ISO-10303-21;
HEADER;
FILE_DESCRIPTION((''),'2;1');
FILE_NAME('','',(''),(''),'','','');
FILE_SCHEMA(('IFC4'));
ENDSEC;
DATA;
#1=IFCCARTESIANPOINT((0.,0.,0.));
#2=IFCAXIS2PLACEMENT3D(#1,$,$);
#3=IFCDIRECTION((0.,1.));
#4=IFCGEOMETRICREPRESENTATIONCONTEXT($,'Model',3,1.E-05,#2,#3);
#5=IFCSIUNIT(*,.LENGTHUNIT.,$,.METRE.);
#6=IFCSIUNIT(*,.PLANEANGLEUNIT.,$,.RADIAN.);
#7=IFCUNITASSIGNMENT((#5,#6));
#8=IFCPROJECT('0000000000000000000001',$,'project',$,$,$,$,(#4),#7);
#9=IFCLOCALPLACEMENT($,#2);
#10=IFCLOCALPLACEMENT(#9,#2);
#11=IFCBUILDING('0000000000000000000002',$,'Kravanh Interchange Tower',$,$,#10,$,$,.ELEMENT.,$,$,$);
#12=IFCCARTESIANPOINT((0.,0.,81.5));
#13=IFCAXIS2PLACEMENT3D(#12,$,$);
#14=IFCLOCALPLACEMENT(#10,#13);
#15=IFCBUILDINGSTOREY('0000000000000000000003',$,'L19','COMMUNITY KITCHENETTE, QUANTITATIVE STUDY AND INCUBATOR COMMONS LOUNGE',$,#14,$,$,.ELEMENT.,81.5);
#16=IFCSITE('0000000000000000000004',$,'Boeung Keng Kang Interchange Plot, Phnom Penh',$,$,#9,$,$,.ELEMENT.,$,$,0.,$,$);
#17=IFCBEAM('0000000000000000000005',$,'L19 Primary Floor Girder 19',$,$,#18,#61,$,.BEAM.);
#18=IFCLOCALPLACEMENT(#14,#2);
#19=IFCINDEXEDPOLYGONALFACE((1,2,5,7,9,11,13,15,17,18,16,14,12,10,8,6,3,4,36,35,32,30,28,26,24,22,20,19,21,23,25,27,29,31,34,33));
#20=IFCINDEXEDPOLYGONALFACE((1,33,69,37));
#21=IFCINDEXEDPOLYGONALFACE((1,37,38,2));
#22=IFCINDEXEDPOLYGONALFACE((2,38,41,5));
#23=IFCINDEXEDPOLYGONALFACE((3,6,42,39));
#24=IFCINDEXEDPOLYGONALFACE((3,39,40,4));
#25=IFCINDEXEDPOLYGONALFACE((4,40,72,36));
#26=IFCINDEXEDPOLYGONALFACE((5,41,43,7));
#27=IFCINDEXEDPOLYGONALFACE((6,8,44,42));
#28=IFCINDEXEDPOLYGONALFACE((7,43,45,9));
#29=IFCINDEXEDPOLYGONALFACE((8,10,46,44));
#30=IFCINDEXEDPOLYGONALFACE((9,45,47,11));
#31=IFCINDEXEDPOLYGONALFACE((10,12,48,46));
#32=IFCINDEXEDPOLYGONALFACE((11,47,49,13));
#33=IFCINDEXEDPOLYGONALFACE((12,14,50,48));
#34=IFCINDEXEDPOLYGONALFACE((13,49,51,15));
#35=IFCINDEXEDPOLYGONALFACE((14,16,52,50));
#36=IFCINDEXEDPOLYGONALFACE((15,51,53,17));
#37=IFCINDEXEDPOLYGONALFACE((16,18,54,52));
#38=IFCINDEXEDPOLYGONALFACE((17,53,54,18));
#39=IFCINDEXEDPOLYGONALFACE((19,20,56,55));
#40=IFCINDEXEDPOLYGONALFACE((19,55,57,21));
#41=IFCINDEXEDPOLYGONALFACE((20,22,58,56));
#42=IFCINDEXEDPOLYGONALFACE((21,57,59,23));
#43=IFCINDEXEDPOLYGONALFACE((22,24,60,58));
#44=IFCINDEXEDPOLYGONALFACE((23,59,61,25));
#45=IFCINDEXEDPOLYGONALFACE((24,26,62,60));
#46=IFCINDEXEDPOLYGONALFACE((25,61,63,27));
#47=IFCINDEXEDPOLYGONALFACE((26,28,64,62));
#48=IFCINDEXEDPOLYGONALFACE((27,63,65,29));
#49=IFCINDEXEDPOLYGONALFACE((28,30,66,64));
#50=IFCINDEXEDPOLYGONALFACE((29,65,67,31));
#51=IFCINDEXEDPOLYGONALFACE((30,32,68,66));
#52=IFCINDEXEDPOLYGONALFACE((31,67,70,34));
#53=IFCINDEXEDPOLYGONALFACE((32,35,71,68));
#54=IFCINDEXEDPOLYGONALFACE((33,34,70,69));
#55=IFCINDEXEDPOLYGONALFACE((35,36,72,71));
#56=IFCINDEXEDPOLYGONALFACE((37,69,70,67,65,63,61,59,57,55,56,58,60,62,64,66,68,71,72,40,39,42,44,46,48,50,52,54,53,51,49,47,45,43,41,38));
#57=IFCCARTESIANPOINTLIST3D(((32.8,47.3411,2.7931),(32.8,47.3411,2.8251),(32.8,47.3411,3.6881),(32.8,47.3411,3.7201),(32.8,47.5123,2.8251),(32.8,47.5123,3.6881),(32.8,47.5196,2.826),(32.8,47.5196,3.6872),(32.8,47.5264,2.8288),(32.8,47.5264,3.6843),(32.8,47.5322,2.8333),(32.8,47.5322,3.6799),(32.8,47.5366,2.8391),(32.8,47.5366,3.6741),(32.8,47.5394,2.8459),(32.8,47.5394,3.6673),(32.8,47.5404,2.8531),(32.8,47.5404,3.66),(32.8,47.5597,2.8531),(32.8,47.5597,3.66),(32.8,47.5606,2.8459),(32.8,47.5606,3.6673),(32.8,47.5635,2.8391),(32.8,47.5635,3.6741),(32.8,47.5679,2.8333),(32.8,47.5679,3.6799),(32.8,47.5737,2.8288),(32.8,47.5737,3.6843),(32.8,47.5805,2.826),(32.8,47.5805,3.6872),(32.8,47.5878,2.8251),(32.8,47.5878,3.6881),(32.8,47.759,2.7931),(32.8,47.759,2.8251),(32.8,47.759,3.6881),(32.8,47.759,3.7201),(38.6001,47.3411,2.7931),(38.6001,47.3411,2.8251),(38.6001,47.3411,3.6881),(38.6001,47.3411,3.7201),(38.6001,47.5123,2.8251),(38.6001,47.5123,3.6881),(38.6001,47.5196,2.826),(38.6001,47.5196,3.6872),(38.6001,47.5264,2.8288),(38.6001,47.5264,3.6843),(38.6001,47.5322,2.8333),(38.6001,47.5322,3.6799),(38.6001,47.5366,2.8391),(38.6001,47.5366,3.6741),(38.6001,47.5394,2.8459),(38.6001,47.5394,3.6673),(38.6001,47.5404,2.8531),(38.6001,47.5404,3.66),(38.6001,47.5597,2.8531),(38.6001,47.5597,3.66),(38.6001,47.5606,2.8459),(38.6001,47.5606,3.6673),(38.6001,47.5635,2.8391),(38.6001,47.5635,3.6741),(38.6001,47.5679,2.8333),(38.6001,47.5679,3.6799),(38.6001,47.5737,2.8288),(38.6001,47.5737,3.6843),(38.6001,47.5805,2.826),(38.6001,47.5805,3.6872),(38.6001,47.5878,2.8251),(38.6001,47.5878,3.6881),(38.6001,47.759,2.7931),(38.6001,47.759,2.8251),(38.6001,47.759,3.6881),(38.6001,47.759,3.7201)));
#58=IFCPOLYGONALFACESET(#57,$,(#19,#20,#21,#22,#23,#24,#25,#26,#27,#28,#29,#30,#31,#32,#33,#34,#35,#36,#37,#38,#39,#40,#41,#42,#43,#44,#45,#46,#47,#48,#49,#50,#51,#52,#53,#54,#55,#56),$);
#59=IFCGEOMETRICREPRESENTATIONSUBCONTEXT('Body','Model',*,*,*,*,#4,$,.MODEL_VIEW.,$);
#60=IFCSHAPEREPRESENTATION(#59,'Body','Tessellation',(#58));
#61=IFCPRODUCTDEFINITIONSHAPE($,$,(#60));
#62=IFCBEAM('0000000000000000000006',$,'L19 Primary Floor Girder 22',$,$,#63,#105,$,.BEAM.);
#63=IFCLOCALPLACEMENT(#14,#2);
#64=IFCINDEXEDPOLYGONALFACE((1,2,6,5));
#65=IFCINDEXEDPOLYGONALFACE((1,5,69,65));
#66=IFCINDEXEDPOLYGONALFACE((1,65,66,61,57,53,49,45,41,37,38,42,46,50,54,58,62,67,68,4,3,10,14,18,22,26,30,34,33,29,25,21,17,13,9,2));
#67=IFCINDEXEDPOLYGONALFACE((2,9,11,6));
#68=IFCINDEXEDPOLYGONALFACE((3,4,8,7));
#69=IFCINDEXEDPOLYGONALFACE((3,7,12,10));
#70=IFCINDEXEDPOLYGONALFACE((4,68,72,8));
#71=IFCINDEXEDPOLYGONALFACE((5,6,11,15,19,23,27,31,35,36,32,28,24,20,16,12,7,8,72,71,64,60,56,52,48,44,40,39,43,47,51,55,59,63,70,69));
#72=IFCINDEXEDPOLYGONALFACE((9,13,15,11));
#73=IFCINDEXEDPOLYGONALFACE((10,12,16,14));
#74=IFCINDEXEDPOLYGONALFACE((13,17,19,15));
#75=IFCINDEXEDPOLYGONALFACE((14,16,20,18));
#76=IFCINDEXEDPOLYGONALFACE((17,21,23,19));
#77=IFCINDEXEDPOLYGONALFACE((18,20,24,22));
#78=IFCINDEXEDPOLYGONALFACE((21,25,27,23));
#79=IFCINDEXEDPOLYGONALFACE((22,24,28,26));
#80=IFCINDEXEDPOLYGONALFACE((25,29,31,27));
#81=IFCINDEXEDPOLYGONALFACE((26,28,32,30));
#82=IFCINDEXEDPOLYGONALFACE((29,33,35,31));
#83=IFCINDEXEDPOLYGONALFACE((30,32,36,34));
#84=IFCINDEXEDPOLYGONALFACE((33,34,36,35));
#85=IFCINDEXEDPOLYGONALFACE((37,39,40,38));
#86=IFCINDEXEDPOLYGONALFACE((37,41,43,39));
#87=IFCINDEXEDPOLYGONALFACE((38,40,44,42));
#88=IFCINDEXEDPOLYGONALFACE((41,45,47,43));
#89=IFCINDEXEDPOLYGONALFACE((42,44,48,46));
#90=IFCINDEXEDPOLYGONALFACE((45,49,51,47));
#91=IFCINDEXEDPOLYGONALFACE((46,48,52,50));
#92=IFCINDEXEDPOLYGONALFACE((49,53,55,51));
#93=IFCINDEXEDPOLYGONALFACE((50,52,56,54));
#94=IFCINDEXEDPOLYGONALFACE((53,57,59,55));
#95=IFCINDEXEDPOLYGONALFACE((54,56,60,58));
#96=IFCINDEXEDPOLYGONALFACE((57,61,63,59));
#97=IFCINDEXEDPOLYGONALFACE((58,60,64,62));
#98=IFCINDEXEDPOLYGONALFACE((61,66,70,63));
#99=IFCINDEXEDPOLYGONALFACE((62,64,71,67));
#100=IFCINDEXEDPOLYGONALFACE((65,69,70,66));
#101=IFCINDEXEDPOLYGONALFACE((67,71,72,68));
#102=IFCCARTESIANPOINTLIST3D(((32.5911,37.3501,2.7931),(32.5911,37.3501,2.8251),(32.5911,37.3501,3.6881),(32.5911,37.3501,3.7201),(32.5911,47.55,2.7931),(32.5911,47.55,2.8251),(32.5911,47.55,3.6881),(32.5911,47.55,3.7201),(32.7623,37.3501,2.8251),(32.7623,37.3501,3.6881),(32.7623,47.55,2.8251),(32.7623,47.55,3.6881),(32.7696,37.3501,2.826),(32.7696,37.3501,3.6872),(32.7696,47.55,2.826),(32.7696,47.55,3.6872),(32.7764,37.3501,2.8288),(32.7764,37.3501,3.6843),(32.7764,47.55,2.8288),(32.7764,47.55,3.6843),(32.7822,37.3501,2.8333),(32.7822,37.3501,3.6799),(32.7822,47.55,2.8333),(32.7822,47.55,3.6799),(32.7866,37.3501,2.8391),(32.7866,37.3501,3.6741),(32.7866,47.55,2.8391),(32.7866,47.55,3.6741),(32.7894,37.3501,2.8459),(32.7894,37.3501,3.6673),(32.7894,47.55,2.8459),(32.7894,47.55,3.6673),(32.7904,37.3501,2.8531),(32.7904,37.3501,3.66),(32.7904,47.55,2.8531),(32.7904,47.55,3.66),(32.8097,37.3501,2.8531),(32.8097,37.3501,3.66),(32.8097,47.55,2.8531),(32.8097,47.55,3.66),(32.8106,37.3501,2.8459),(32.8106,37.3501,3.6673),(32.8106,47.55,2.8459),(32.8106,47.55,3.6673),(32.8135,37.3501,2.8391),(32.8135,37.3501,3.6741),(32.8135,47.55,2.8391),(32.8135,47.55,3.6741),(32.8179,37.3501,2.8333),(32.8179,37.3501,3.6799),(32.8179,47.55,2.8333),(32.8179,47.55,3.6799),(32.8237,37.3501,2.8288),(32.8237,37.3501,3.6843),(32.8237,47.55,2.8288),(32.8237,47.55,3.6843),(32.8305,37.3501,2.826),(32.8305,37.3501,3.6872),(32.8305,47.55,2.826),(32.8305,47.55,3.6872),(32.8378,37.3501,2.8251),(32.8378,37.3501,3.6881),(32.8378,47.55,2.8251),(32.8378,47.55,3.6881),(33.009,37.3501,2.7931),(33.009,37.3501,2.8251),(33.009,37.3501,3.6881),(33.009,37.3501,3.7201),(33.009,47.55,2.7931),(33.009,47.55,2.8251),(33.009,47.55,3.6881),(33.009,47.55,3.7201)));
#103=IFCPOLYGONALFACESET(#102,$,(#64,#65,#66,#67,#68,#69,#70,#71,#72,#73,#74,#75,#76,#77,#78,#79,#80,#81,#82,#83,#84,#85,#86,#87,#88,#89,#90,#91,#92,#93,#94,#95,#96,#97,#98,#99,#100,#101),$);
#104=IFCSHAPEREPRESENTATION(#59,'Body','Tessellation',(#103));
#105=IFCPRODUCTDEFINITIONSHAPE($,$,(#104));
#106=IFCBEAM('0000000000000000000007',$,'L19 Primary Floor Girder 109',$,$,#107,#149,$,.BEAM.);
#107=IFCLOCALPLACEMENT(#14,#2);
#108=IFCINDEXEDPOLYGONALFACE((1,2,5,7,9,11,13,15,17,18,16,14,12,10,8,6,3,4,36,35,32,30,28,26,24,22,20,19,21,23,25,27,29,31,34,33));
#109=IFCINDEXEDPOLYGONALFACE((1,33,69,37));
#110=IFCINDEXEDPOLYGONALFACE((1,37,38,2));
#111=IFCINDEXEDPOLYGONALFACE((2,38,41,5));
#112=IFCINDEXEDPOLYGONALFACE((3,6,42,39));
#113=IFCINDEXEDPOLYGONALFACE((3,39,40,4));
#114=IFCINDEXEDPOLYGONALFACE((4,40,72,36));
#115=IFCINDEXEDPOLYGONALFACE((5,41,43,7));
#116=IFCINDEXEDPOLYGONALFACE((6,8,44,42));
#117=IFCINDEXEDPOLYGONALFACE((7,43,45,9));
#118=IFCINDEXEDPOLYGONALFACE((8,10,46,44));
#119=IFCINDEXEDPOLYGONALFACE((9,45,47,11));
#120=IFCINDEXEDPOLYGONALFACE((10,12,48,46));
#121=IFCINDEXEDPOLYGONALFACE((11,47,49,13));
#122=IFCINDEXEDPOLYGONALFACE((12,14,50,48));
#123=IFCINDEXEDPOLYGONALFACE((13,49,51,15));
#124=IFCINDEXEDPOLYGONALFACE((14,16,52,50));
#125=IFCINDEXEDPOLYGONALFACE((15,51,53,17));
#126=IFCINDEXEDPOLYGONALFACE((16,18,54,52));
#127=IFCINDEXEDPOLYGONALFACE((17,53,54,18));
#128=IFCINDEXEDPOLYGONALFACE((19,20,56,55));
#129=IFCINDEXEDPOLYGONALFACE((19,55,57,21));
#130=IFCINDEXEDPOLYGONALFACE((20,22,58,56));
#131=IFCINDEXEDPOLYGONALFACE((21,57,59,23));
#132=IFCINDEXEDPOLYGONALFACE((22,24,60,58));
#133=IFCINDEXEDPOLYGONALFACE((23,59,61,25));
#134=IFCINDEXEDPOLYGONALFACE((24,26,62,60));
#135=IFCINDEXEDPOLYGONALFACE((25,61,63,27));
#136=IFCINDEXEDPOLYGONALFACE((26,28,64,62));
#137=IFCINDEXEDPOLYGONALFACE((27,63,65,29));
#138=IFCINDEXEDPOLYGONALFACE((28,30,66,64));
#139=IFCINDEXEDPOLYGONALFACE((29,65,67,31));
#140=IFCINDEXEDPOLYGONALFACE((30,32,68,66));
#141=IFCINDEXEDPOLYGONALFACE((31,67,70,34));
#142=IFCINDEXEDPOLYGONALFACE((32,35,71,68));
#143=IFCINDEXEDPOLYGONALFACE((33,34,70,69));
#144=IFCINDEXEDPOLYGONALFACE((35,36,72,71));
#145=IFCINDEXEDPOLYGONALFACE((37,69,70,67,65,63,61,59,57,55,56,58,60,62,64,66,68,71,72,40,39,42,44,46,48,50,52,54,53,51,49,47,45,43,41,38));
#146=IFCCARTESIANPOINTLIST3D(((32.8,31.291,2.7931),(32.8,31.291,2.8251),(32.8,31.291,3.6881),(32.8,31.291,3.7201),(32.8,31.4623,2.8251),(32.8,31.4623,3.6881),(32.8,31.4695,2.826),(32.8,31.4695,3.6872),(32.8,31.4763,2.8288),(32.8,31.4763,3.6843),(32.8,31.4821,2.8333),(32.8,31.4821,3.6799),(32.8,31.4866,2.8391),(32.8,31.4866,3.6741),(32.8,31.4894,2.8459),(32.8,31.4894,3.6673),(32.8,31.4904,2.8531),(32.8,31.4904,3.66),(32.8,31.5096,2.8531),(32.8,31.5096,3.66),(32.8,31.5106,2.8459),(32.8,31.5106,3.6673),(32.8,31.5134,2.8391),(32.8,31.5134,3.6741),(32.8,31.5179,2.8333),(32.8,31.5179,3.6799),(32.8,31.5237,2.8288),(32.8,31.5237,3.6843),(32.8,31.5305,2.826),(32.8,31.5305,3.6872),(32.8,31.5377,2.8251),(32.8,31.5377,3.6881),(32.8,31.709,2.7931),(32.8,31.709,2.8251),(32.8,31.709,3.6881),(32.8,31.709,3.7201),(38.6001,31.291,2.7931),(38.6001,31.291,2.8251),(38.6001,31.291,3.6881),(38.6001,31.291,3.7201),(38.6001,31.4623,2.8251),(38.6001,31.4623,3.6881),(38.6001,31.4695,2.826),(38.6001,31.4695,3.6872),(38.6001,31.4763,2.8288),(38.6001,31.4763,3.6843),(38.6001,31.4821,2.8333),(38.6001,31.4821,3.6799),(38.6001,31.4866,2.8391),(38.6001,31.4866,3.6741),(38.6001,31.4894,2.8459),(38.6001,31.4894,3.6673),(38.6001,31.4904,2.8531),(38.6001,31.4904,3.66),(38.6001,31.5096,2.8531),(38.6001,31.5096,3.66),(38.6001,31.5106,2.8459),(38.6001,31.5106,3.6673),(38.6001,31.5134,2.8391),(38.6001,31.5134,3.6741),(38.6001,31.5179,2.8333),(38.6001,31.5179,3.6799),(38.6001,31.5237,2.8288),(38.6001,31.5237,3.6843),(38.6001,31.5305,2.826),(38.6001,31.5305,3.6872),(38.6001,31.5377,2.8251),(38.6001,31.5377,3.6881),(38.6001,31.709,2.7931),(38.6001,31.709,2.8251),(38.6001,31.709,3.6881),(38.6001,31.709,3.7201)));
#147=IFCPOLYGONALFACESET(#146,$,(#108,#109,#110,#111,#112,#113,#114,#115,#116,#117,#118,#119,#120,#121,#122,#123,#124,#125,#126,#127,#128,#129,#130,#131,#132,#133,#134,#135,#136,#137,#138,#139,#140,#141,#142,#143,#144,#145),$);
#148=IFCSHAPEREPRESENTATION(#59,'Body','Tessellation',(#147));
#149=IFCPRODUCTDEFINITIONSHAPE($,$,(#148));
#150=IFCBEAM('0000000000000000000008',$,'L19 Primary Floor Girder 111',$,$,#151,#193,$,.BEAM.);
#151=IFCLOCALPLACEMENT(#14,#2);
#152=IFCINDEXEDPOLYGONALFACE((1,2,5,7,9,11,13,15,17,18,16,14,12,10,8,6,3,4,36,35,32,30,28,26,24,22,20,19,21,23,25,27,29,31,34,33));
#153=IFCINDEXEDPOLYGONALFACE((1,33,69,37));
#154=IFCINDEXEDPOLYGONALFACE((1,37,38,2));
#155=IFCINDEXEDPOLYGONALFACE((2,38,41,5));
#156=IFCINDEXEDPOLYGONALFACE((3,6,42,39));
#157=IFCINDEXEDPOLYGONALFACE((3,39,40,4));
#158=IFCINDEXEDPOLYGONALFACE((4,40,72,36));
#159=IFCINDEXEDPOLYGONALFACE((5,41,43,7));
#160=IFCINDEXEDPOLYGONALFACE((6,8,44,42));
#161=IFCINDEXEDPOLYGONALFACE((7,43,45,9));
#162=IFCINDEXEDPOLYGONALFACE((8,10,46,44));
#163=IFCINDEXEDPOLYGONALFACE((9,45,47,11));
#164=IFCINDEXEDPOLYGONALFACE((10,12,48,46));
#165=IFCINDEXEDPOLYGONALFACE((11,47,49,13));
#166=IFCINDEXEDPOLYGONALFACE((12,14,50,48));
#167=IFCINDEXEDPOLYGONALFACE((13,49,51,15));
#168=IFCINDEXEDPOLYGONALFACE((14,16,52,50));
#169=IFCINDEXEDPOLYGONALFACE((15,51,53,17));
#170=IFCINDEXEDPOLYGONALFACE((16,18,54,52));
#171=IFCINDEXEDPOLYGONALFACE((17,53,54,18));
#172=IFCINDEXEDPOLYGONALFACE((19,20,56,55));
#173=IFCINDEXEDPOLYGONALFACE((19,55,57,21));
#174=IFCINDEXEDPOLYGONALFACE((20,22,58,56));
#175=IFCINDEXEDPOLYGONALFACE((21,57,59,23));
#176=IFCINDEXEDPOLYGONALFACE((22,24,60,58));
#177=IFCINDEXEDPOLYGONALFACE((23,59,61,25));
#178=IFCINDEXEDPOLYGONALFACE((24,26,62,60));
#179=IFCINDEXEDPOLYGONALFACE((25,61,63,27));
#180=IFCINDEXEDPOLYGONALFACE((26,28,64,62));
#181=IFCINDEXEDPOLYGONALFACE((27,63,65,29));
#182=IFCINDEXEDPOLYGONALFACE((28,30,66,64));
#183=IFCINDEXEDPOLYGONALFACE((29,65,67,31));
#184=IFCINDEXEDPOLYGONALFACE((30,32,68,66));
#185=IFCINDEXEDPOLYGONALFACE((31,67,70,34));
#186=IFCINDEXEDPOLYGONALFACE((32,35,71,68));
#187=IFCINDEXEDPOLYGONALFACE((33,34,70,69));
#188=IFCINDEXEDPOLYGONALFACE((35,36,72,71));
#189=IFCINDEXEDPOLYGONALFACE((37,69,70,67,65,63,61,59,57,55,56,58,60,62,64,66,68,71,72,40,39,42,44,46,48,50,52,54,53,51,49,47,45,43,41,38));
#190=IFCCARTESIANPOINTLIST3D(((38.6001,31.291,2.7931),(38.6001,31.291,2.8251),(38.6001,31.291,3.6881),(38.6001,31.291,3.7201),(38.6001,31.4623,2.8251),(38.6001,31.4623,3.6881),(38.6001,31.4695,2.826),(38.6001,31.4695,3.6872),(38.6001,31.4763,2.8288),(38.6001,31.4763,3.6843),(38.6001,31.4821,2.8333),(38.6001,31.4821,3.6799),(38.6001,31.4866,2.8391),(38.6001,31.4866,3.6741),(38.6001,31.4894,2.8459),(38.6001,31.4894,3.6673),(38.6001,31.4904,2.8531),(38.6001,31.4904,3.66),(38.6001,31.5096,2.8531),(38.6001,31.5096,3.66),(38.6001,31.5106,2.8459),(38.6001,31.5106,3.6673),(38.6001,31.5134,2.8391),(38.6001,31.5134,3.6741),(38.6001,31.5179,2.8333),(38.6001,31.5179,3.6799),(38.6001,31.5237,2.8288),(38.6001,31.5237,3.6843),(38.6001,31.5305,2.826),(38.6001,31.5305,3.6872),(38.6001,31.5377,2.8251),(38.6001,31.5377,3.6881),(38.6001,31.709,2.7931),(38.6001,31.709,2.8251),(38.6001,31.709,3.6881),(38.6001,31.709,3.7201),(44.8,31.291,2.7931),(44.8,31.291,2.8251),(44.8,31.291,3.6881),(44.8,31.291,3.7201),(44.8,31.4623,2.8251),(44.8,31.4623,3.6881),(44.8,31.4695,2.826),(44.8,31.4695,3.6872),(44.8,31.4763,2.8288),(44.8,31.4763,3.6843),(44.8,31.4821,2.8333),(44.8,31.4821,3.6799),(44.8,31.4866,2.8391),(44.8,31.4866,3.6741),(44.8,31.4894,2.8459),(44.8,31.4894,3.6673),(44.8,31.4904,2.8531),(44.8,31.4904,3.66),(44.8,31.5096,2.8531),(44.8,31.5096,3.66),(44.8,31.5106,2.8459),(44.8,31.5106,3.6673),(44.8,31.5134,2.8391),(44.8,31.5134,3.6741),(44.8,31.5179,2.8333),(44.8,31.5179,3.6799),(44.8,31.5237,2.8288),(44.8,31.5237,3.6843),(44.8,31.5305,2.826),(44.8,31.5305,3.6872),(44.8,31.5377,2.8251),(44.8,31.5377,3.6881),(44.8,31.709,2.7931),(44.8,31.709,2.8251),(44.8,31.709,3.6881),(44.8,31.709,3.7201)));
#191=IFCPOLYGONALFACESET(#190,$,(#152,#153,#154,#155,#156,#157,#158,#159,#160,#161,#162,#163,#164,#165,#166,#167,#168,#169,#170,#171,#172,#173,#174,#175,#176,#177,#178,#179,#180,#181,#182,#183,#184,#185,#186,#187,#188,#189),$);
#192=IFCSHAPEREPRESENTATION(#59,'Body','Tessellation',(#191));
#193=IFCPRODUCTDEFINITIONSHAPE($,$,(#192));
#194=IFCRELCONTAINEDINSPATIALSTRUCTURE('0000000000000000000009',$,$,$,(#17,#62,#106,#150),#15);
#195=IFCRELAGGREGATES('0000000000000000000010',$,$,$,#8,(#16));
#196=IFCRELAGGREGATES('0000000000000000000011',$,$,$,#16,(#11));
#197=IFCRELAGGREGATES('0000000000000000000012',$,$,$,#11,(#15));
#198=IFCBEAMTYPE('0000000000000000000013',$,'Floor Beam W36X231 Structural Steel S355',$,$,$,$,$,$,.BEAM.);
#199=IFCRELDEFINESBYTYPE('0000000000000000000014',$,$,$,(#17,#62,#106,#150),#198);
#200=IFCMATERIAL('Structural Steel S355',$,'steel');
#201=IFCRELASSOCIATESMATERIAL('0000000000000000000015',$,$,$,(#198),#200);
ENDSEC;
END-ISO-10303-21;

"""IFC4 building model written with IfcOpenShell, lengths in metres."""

from ifc_helpers import new_model, si_unit, direction, frame, origin, origin_2d, place, context, subcontext, project, spatial, i_section, extrude, material, material_profile, profile_set, type_object, element, save


model = new_model("IFC4")

# Units and contexts
model_context = context("Model", 3, precision=1e-05, world=origin(), true_north=direction((0.0, 1.0)))
body_context = subcontext(model_context, "Body", "Model", "MODEL_VIEW")
ifc_project = project(units=[si_unit("LENGTHUNIT", "METRE"), si_unit("PLANEANGLEUNIT", "RADIAN")], contexts=[model_context])

# Site, building, storey
site_placement = place(None, origin())
site = spatial("IfcSite", under=ifc_project, at=site_placement, Name="Boeung Keng Kang Interchange Plot, Phnom Penh", CompositionType="ELEMENT", RefElevation=0.0)
building_placement = place(site_placement, origin())
building = spatial("IfcBuilding", under=site, at=building_placement, Name="Kravanh Interchange Tower", CompositionType="ELEMENT")
storey_placement = place(building_placement, frame((0.0, 0.0, 81.5)))
storey = spatial("IfcBuildingStorey", under=building, at=storey_placement, Name="L19", Description="COMMUNITY KITCHENETTE, QUANTITATIVE STUDY AND INCUBATOR COMMONS LOUNGE", CompositionType="ELEMENT", Elevation=81.5)

# Beams
ifc_material_1 = material(Name="Structural Steel S355", Category="steel")
ifc_material_profile_1 = material_profile(ifc_material_1, i_section(OverallWidth=0.418, OverallDepth=0.927, WebThickness=0.0193, FlangeThickness=0.032, FilletRadius=0.0281, at=origin_2d()), Name="W36X231")
ifc_profile_set_1 = profile_set([ifc_material_profile_1], Name="Structural Steel S355")
beam_type_1 = type_object("IfcBeamType", Name="Floor Beam W36X231 Structural Steel S355", PredefinedType="BEAM", material=ifc_profile_set_1)
beam_1_placement = place(storey_placement, frame((38.6001, 47.55, 3.2566), z_axis=(-1.0, 0.0, 0.0), x_axis=(0.0, -1.0, 0.0)))
element("IfcBeam", 1, at=beam_1_placement, inside=storey, type_object=beam_type_1, Name="L19 Primary Floor Girder 19", PredefinedType="BEAM", context=body_context, shape_type="SweptSolid", body=[
    extrude(i_section(OverallWidth=0.418, OverallDepth=0.927, WebThickness=0.0193, FlangeThickness=0.032, FilletRadius=0.0281, at=origin_2d()), origin(), (0.0, 0.0, 1.0), 5.8),
])
beam_2_placement = place(storey_placement, frame((32.8, 37.3501, 3.2566), z_axis=(0.0, 1.0, 0.0), x_axis=(-1.0, 0.0, 0.0)))
element("IfcBeam", 2, at=beam_2_placement, inside=storey, type_object=beam_type_1, Name="L19 Primary Floor Girder 22", PredefinedType="BEAM", context=body_context, shape_type="SweptSolid", body=[
    extrude(i_section(OverallWidth=0.418, OverallDepth=0.927, WebThickness=0.0193, FlangeThickness=0.032, FilletRadius=0.0281, at=origin_2d()), origin(), (0.0, 0.0, 1.0), 10.2),
])
beam_3_placement = place(storey_placement, frame((32.8, 31.5, 3.2566), z_axis=(1.0, 0.0, 0.0), x_axis=(0.0, 1.0, 0.0)))
element("IfcBeam", 3, at=beam_3_placement, inside=storey, type_object=beam_type_1, Name="L19 Primary Floor Girder 109", PredefinedType="BEAM", context=body_context, shape_type="SweptSolid", body=[
    extrude(i_section(OverallWidth=0.418, OverallDepth=0.927, WebThickness=0.0193, FlangeThickness=0.032, FilletRadius=0.0281, at=origin_2d()), origin(), (0.0, 0.0, 1.0), 5.8),
])
beam_4_placement = place(storey_placement, frame((38.6001, 31.5, 3.2566), z_axis=(1.0, 0.0, 0.0), x_axis=(0.0, 1.0, 0.0)))
element("IfcBeam", 4, at=beam_4_placement, inside=storey, type_object=beam_type_1, Name="L19 Primary Floor Girder 111", PredefinedType="BEAM", context=body_context, shape_type="SweptSolid", body=[
    extrude(i_section(OverallWidth=0.418, OverallDepth=0.927, WebThickness=0.0193, FlangeThickness=0.032, FilletRadius=0.0281, at=origin_2d()), origin(), (0.0, 0.0, 1.0), 6.2),
])

save(model, "model.ifc")
